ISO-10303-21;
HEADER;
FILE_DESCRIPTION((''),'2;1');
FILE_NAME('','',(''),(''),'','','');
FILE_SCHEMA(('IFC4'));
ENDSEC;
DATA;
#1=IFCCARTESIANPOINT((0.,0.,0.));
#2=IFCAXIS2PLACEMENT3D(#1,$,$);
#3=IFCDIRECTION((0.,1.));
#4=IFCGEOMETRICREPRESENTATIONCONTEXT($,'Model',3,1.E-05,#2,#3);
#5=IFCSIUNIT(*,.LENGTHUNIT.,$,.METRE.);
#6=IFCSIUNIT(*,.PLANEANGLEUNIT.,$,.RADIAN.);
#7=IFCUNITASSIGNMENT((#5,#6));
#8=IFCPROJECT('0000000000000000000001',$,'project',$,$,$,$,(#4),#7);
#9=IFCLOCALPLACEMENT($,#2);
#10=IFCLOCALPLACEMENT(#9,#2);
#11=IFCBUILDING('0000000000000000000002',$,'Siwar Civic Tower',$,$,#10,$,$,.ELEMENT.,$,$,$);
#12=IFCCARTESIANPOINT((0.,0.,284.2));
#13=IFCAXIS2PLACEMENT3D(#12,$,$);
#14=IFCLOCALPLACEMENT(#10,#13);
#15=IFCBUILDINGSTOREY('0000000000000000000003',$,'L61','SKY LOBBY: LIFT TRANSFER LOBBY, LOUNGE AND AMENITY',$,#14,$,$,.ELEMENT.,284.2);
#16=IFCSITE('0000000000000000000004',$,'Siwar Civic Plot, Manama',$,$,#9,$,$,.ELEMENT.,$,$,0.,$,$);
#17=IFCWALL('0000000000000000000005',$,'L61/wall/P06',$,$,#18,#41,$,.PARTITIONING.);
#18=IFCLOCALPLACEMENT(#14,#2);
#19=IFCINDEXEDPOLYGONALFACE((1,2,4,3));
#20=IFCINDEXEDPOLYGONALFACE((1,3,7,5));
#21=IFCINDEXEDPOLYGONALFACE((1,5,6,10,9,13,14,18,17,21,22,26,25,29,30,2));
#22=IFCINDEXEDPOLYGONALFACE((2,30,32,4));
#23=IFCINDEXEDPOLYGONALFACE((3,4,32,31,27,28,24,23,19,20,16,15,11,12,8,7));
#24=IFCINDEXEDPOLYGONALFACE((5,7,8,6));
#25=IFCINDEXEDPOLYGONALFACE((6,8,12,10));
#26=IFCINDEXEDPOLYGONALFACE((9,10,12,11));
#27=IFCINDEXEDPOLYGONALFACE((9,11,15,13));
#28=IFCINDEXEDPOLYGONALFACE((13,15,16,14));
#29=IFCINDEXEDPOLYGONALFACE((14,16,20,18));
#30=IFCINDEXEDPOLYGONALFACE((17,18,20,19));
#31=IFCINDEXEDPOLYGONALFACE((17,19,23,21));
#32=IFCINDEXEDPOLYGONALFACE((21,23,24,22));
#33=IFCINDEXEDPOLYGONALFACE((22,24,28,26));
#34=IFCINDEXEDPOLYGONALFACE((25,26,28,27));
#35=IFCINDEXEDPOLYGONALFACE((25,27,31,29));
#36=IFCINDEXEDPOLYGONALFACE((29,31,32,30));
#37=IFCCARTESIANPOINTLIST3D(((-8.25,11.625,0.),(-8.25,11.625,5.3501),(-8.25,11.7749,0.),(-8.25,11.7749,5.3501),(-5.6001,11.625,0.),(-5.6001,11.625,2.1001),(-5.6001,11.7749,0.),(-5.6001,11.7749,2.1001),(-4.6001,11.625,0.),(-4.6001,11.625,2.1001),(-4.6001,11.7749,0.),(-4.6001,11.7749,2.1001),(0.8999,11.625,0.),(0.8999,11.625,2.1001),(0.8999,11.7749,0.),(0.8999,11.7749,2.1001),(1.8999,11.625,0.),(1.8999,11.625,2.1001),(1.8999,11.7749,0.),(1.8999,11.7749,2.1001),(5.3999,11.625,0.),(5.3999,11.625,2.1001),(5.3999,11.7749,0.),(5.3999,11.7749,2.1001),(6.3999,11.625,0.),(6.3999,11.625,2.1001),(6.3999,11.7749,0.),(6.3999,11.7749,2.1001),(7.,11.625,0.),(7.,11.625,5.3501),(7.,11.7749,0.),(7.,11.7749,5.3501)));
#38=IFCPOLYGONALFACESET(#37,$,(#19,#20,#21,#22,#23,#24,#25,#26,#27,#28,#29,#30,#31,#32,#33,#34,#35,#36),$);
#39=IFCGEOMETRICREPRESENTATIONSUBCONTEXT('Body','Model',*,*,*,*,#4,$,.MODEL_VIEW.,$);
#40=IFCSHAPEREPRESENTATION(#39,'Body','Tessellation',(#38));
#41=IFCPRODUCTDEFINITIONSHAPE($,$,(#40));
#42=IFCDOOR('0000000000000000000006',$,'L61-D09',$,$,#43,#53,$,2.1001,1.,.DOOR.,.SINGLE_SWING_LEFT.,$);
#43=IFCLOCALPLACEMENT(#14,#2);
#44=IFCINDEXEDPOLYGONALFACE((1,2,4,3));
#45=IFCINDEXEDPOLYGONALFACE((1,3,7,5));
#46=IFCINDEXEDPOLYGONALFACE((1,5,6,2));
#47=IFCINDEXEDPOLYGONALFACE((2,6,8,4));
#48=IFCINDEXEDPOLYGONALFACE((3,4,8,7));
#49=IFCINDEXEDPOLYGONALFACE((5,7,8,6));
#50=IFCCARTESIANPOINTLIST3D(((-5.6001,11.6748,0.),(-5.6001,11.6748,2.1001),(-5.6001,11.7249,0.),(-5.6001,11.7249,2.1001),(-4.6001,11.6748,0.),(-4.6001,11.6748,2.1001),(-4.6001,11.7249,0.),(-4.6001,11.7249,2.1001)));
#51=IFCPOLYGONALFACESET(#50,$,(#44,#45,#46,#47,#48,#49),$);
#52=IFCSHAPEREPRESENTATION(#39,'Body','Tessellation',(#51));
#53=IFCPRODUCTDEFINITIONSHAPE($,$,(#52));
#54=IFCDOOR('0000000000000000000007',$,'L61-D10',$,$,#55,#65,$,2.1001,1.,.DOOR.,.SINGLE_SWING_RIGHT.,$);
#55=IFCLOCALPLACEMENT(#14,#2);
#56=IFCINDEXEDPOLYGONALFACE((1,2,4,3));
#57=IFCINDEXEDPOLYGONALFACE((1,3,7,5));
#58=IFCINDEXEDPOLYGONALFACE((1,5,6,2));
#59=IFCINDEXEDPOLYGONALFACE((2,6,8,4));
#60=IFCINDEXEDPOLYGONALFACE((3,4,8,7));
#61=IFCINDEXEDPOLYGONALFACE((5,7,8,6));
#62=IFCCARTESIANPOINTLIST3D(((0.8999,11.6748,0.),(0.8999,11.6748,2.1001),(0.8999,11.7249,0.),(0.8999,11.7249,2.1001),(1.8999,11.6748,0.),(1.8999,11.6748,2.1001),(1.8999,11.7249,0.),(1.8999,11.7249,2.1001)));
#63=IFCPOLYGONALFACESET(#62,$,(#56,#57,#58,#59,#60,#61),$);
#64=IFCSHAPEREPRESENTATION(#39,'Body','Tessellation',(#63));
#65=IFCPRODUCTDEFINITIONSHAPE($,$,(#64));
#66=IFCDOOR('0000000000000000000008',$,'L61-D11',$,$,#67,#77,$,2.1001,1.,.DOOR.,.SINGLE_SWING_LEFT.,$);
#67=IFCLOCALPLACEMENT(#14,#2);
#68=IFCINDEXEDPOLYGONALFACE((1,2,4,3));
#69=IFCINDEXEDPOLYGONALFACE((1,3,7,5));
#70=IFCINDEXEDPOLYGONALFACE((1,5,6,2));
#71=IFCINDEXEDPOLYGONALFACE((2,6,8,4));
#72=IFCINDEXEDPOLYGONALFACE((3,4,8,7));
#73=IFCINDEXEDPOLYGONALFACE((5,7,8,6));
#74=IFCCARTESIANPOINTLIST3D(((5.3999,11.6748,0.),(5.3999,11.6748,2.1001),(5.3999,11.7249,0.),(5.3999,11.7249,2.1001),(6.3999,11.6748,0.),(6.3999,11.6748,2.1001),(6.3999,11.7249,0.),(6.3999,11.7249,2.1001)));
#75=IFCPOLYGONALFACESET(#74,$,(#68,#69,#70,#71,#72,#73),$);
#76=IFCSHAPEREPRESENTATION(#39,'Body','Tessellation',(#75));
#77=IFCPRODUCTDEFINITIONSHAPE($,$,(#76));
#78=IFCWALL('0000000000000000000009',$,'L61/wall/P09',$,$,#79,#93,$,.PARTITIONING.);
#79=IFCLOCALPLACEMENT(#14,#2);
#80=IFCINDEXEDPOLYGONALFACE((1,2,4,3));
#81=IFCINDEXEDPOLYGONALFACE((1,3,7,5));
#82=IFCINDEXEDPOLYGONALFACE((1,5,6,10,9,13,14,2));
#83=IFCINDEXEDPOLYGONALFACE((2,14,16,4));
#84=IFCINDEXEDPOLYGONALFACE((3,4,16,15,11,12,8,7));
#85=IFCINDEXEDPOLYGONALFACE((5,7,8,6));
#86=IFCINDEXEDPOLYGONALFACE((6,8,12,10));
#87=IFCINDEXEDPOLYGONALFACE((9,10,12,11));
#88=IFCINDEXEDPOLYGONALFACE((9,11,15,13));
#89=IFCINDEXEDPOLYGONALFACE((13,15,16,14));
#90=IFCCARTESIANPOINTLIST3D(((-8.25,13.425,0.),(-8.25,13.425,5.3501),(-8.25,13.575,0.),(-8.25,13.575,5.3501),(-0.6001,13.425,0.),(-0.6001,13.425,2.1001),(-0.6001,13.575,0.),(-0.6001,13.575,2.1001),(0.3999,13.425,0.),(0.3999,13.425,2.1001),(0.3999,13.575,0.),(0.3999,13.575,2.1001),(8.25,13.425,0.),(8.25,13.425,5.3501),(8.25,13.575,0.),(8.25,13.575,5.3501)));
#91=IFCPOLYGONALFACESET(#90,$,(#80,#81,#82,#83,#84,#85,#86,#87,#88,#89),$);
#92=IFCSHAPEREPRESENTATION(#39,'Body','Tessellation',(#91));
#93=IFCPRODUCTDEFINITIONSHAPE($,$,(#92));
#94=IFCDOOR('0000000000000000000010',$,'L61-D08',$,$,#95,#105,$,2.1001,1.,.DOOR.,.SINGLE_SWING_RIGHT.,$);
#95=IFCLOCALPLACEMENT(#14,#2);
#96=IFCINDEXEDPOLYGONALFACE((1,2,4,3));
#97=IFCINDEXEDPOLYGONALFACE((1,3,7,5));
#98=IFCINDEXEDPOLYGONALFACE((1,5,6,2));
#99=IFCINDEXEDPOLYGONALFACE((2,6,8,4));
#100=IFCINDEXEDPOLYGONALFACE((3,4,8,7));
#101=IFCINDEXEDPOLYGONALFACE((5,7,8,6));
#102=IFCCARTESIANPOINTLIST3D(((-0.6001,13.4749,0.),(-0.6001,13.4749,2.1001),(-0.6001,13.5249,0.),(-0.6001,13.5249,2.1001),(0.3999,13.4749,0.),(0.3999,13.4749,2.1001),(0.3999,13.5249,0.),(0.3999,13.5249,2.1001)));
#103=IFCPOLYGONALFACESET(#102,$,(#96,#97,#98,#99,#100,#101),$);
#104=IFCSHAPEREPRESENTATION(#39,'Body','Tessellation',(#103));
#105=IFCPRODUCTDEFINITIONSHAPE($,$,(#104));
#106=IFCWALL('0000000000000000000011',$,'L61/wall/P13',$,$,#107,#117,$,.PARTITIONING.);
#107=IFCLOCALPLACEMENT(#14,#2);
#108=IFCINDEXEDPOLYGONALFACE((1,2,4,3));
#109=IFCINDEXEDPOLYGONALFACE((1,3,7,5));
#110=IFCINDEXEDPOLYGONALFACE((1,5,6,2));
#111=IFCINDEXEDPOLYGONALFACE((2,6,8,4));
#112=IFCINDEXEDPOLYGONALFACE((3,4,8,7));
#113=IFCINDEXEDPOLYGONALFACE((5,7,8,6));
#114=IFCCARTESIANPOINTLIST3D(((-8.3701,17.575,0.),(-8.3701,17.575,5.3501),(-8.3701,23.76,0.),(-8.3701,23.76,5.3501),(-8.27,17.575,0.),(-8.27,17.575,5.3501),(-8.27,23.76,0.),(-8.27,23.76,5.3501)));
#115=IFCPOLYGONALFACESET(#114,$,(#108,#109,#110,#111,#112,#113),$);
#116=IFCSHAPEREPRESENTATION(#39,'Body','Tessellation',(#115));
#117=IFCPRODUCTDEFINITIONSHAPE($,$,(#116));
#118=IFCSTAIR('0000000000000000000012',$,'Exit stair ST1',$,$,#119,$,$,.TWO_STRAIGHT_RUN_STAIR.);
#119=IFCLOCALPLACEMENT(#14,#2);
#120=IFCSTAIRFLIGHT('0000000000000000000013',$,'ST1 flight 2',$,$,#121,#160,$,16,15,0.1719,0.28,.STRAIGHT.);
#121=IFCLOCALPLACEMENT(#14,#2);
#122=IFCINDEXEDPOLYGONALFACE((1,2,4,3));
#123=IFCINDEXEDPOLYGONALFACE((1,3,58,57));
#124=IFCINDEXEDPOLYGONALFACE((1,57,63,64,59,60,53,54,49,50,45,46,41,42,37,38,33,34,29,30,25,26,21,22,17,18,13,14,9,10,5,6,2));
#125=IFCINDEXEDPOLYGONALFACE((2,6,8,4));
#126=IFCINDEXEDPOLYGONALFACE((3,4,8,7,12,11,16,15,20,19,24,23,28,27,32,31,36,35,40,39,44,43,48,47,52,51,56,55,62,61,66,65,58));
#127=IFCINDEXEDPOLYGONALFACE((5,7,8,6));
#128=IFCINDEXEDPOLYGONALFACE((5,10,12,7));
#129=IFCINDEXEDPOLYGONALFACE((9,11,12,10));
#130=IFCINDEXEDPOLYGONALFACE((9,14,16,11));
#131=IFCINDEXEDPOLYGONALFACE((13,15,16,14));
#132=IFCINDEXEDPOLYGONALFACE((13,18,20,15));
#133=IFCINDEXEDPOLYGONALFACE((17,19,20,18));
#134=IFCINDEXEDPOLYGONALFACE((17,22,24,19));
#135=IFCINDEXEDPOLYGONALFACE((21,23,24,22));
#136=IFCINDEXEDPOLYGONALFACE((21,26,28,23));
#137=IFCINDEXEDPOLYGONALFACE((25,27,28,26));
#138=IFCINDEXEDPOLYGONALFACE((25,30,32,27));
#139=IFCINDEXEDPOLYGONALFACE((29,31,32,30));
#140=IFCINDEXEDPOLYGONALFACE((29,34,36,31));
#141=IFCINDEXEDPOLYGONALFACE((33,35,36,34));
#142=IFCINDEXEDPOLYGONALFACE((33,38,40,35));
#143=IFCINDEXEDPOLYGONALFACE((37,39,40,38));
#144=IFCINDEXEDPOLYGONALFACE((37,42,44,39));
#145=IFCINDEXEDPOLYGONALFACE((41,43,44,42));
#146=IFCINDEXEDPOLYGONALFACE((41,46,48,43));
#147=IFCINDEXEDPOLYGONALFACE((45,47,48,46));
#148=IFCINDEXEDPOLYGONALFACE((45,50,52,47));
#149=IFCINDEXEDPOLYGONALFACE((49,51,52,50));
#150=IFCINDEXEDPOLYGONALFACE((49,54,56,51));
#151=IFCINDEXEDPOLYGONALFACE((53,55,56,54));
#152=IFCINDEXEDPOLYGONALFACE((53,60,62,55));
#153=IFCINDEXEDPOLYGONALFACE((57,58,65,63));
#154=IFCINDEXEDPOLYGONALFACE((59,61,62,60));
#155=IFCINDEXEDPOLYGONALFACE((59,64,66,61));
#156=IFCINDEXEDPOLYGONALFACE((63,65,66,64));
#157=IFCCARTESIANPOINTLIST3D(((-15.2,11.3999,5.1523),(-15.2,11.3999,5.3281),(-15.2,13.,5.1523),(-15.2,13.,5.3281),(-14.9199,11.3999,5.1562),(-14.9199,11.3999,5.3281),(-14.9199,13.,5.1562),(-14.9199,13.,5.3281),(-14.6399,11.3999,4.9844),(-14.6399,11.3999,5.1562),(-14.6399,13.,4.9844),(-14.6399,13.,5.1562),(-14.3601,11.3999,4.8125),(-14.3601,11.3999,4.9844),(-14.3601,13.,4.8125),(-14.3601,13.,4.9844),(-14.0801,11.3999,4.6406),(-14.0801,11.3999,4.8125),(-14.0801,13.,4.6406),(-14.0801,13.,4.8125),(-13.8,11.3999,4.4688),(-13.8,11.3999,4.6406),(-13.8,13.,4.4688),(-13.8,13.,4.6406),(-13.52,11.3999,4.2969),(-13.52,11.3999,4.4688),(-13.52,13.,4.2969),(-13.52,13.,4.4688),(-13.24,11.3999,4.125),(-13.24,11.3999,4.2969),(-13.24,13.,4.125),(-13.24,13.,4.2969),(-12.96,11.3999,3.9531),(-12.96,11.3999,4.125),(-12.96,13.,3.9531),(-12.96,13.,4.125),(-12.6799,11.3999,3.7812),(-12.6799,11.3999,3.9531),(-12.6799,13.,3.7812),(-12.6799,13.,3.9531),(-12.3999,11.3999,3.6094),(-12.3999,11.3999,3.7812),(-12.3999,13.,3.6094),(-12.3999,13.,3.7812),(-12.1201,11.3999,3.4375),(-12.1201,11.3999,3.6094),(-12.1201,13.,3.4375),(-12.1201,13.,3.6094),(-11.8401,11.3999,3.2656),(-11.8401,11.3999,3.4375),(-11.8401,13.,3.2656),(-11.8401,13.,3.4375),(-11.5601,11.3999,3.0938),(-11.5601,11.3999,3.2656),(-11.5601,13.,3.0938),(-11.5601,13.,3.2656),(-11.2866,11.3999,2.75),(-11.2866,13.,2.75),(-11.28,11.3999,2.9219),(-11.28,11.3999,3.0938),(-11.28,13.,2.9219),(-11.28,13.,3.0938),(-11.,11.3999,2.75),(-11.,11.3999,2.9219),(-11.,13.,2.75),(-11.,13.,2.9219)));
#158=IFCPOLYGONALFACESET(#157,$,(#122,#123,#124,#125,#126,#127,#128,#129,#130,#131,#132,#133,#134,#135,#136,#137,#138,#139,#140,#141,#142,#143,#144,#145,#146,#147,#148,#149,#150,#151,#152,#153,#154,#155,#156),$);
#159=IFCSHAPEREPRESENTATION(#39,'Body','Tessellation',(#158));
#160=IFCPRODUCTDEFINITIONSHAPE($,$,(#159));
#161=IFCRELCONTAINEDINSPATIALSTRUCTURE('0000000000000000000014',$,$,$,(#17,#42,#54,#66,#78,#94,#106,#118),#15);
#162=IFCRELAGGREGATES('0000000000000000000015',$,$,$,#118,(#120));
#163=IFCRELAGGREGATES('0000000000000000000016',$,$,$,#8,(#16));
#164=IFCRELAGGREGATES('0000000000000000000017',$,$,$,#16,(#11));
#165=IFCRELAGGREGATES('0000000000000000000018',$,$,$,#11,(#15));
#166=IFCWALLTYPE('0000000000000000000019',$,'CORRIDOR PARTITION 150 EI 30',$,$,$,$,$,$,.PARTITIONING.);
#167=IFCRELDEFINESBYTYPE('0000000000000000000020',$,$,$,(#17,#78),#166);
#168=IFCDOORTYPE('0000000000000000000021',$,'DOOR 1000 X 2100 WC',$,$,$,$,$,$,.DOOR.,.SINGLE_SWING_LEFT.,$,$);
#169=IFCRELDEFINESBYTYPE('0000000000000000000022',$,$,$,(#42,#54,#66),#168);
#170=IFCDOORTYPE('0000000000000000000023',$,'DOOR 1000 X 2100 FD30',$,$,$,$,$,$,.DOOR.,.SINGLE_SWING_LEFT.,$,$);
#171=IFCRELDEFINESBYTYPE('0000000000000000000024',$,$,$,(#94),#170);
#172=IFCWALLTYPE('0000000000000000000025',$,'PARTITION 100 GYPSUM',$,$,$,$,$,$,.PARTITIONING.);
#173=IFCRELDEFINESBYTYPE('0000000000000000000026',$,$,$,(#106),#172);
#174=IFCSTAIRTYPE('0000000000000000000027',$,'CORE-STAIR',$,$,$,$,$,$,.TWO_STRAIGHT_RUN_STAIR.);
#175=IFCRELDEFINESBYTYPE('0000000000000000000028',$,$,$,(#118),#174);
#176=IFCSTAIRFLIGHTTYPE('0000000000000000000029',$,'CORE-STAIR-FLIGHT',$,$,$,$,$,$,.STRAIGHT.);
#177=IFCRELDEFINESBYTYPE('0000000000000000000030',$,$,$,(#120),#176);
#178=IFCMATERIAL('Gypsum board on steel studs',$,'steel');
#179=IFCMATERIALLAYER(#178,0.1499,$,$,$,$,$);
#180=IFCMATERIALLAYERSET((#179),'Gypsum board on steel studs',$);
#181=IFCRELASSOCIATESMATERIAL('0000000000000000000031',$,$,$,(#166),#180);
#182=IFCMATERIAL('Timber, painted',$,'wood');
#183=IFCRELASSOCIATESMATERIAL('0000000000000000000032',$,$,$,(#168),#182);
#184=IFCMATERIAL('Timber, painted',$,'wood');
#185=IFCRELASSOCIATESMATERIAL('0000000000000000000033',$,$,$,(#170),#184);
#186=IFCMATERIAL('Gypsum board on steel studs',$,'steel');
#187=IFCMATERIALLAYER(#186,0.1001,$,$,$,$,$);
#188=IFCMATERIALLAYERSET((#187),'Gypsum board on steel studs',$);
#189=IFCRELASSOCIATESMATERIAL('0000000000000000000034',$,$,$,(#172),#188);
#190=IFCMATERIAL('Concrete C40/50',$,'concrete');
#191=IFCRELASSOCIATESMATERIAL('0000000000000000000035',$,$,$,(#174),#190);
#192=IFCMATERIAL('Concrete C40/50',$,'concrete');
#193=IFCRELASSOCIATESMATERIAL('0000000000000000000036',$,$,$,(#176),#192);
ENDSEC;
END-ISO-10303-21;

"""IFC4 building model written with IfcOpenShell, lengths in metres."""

from ifc_helpers import new_model, si_unit, direction, frame, frame_2d, origin, place, context, subcontext, project, spatial, polyline, rectangle, outline, extrude, material, layer, layer_set, type_object, element, fill, aggregate, save


model = new_model("IFC4")

# Units and contexts
model_context = context("Model", 3, precision=1e-05, world=origin(), true_north=direction((0.0, 1.0)))
body_context = subcontext(model_context, "Body", "Model", "MODEL_VIEW")
ifc_project = project(units=[si_unit("LENGTHUNIT", "METRE"), si_unit("PLANEANGLEUNIT", "RADIAN")], contexts=[model_context])

# Site, building, storey
site_placement = place(None, origin())
site = spatial("IfcSite", under=ifc_project, at=site_placement, Name="Siwar Civic Plot, Manama", CompositionType="ELEMENT", RefElevation=0.0)
building_placement = place(site_placement, origin())
building = spatial("IfcBuilding", under=site, at=building_placement, Name="Siwar Civic Tower", CompositionType="ELEMENT")
storey_placement = place(building_placement, frame((0.0, 0.0, 284.2)))
storey = spatial("IfcBuildingStorey", under=building, at=storey_placement, Name="L61", Description="SKY LOBBY: LIFT TRANSFER LOBBY, LOUNGE AND AMENITY", CompositionType="ELEMENT", Elevation=284.2)

# Wall, openings, doors
ifc_material_1 = material(Name="Gypsum board on steel studs", Category="steel")
ifc_layer_1 = layer(ifc_material_1, 0.1499)
ifc_layer_set_1 = layer_set([ifc_layer_1], Name="Gypsum board on steel studs")
wall_type_1 = type_object("IfcWallType", Name="CORRIDOR PARTITION 150 EI 30", PredefinedType="PARTITIONING", material=ifc_layer_set_1)
wall_1_placement = place(storey_placement, frame((-8.25, 11.7, 0.0), z_axis=(0.0, 0.0, 1.0), x_axis=(1.0, 0.0, 0.0)))
wall_1 = element("IfcWall", 1, at=wall_1_placement, inside=storey, type_object=wall_type_1, Name="L61/wall/P06", PredefinedType="PARTITIONING", context=body_context, shape_type="SweptSolid", body=[
    extrude(rectangle(XDim=15.25, YDim=0.1499, at=frame_2d((7.625, 0.0))), origin(), (0.0, 0.0, 1.0), 5.3501),
])
opening_1_placement = place(wall_1_placement, frame((2.6499, 0.0, 0.0)))
opening_1 = element("IfcOpeningElement", 2, at=opening_1_placement, cuts=wall_1, PredefinedType="OPENING", context=body_context, shape_type="SweptSolid", body=[
    extrude(rectangle(XDim=1.0, YDim=2.1001, at=frame_2d((0.5, 1.05))), frame((0.0, 0.085, 0.0), z_axis=(0.0, -1.0, 0.0), x_axis=(1.0, 0.0, 0.0)), (0.0, 0.0, 1.0), 0.1699),
])
opening_2_placement = place(wall_1_placement, frame((9.1499, 0.0, 0.0)))
opening_2 = element("IfcOpeningElement", 3, at=opening_2_placement, cuts=wall_1, PredefinedType="OPENING", context=body_context, shape_type="SweptSolid", body=[
    extrude(rectangle(XDim=1.0, YDim=2.1001, at=frame_2d((0.5, 1.05))), frame((0.0, 0.085, 0.0), z_axis=(0.0, -1.0, 0.0), x_axis=(1.0, 0.0, 0.0)), (0.0, 0.0, 1.0), 0.1699),
])
opening_3_placement = place(wall_1_placement, frame((13.6499, 0.0, 0.0)))
opening_3 = element("IfcOpeningElement", 4, at=opening_3_placement, cuts=wall_1, PredefinedType="OPENING", context=body_context, shape_type="SweptSolid", body=[
    extrude(rectangle(XDim=1.0, YDim=2.1001, at=frame_2d((0.5, 1.05))), frame((0.0, 0.085, 0.0), z_axis=(0.0, -1.0, 0.0), x_axis=(1.0, 0.0, 0.0)), (0.0, 0.0, 1.0), 0.1699),
])
ifc_material_2 = material(Name="Timber, painted", Category="wood")
door_type_1 = type_object("IfcDoorType", Name="DOOR 1000 X 2100 WC", OperationType="SINGLE_SWING_LEFT", PredefinedType="DOOR", material=ifc_material_2)
door_1_placement = place(opening_1_placement, origin())
door_1 = element("IfcDoor", 5, at=door_1_placement, inside=storey, type_object=door_type_1, Name="L61-D09", OperationType="SINGLE_SWING_LEFT", OverallHeight=2.1001, OverallWidth=1.0, PredefinedType="DOOR", context=body_context, shape_type="SweptSolid", body=[
    extrude(rectangle(XDim=1.0, YDim=2.1001, at=frame_2d((0.5, 1.05))), frame((0.0, 0.0249, 0.0), z_axis=(0.0, -1.0, 0.0), x_axis=(1.0, 0.0, 0.0)), (0.0, 0.0, 1.0), 0.05),
])
fill(opening_1, door_1)
door_2_placement = place(opening_2_placement, origin())
door_2 = element("IfcDoor", 6, at=door_2_placement, inside=storey, type_object=door_type_1, Name="L61-D10", OperationType="SINGLE_SWING_RIGHT", OverallHeight=2.1001, OverallWidth=1.0, PredefinedType="DOOR", context=body_context, shape_type="SweptSolid", body=[
    extrude(rectangle(XDim=1.0, YDim=2.1001, at=frame_2d((0.5, 1.05))), frame((0.0, 0.0249, 0.0), z_axis=(0.0, -1.0, 0.0), x_axis=(1.0, 0.0, 0.0)), (0.0, 0.0, 1.0), 0.05),
])
fill(opening_2, door_2)
door_3_placement = place(opening_3_placement, origin())
door_3 = element("IfcDoor", 7, at=door_3_placement, inside=storey, type_object=door_type_1, Name="L61-D11", OperationType="SINGLE_SWING_LEFT", OverallHeight=2.1001, OverallWidth=1.0, PredefinedType="DOOR", context=body_context, shape_type="SweptSolid", body=[
    extrude(rectangle(XDim=1.0, YDim=2.1001, at=frame_2d((0.5, 1.05))), frame((0.0, 0.0249, 0.0), z_axis=(0.0, -1.0, 0.0), x_axis=(1.0, 0.0, 0.0)), (0.0, 0.0, 1.0), 0.05),
])
fill(opening_3, door_3)

# Wall, opening, door
wall_2_placement = place(storey_placement, frame((-8.25, 13.5, 0.0), z_axis=(0.0, 0.0, 1.0), x_axis=(1.0, 0.0, 0.0)))
wall_2 = element("IfcWall", 8, at=wall_2_placement, inside=storey, type_object=wall_type_1, Name="L61/wall/P09", PredefinedType="PARTITIONING", context=body_context, shape_type="SweptSolid", body=[
    extrude(rectangle(XDim=16.5, YDim=0.1499, at=frame_2d((8.25, 0.0))), origin(), (0.0, 0.0, 1.0), 5.3501),
])
opening_4_placement = place(wall_2_placement, frame((7.6499, 0.0, 0.0)))
opening_4 = element("IfcOpeningElement", 9, at=opening_4_placement, cuts=wall_2, PredefinedType="OPENING", context=body_context, shape_type="SweptSolid", body=[
    extrude(rectangle(XDim=1.0, YDim=2.1001, at=frame_2d((0.5, 1.05))), frame((0.0, 0.085, 0.0), z_axis=(0.0, -1.0, 0.0), x_axis=(1.0, 0.0, 0.0)), (0.0, 0.0, 1.0), 0.1699),
])
ifc_material_3 = material(Name="Timber, painted", Category="wood")
door_type_2 = type_object("IfcDoorType", Name="DOOR 1000 X 2100 FD30", OperationType="SINGLE_SWING_LEFT", PredefinedType="DOOR", material=ifc_material_3)
door_4_placement = place(opening_4_placement, origin())
door_4 = element("IfcDoor", 10, at=door_4_placement, inside=storey, type_object=door_type_2, Name="L61-D08", OperationType="SINGLE_SWING_RIGHT", OverallHeight=2.1001, OverallWidth=1.0, PredefinedType="DOOR", context=body_context, shape_type="SweptSolid", body=[
    extrude(rectangle(XDim=1.0, YDim=2.1001, at=frame_2d((0.5, 1.05))), frame((0.0, 0.0249, 0.0), z_axis=(0.0, -1.0, 0.0), x_axis=(1.0, 0.0, 0.0)), (0.0, 0.0, 1.0), 0.05),
])
fill(opening_4, door_4)

# Wall
ifc_material_4 = material(Name="Gypsum board on steel studs", Category="steel")
ifc_layer_2 = layer(ifc_material_4, 0.1001)
ifc_layer_set_2 = layer_set([ifc_layer_2], Name="Gypsum board on steel studs")
wall_type_2 = type_object("IfcWallType", Name="PARTITION 100 GYPSUM", PredefinedType="PARTITIONING", material=ifc_layer_set_2)
wall_3_placement = place(storey_placement, frame((-8.3201, 17.575, 0.0), z_axis=(0.0, 0.0, 1.0), x_axis=(0.0, 1.0, 0.0)))
element("IfcWall", 11, at=wall_3_placement, inside=storey, type_object=wall_type_2, Name="L61/wall/P13", PredefinedType="PARTITIONING", context=body_context, shape_type="SweptSolid", body=[
    extrude(rectangle(XDim=6.1851, YDim=0.1001, at=frame_2d((3.0925, 0.0))), origin(), (0.0, 0.0, 1.0), 5.3501),
])

# Stair, stair flight
ifc_material_5 = material(Name="Concrete C40/50", Category="concrete")
stair_type = type_object("IfcStairType", Name="CORE-STAIR", PredefinedType="TWO_STRAIGHT_RUN_STAIR", material=ifc_material_5)
stair_placement = place(storey_placement, origin())
stair = element("IfcStair", 12, at=stair_placement, inside=storey, type_object=stair_type, Name="Exit stair ST1", PredefinedType="TWO_STRAIGHT_RUN_STAIR")
ifc_material_6 = material(Name="Concrete C40/50", Category="concrete")
stair_flight_type = type_object("IfcStairFlightType", Name="CORE-STAIR-FLIGHT", PredefinedType="STRAIGHT", material=ifc_material_6)
stair_flight_placement = place(storey_placement, frame((-11.0, 12.2, 2.75), z_axis=(0.0, 0.0, 1.0), x_axis=(-1.0, 0.0, 0.0)))
stair_flight = element("IfcStairFlight", 13, at=stair_flight_placement, type_object=stair_flight_type, Name="ST1 flight 2", NumberOfRisers=16, NumberOfTreads=15, PredefinedType="STRAIGHT", RiserHeight=0.1719, TreadLength=0.28, context=body_context, shape_type="SweptSolid", body=[
    extrude(outline(polyline([(0.0, 0.0), (0.0, 0.1719), (0.28, 0.1719), (0.28, 0.3438), (0.5601, 0.3438), (0.5601, 0.5156), (0.8401, 0.5156), (0.8401, 0.6875), (1.1201, 0.6875), (1.1201, 0.8594), (1.3999, 0.8594), (1.3999, 1.0312), (1.6799, 1.0312), (1.6799, 1.2031), (1.96, 1.2031), (1.96, 1.375), (2.24, 1.375), (2.24, 1.5469), (2.52, 1.5469), (2.52, 1.7188), (2.8, 1.7188), (2.8, 1.8906), (3.0801, 1.8906), (3.0801, 2.0625), (3.3601, 2.0625), (3.3601, 2.2344), (3.6399, 2.2344), (3.6399, 2.4062), (3.9199, 2.4062), (3.9199, 2.5781), (4.2, 2.5781), (4.2, 2.75), (4.2, 2.4023), (0.2866, 0.0), (0.0, 0.0)])), frame((0.0, 0.8, 0.0), z_axis=(0.0, -1.0, 0.0), x_axis=(1.0, 0.0, 0.0)), (0.0, 0.0, 1.0), 1.6001),
])
aggregate(stair, [stair_flight])

save(model, "model.ifc")
